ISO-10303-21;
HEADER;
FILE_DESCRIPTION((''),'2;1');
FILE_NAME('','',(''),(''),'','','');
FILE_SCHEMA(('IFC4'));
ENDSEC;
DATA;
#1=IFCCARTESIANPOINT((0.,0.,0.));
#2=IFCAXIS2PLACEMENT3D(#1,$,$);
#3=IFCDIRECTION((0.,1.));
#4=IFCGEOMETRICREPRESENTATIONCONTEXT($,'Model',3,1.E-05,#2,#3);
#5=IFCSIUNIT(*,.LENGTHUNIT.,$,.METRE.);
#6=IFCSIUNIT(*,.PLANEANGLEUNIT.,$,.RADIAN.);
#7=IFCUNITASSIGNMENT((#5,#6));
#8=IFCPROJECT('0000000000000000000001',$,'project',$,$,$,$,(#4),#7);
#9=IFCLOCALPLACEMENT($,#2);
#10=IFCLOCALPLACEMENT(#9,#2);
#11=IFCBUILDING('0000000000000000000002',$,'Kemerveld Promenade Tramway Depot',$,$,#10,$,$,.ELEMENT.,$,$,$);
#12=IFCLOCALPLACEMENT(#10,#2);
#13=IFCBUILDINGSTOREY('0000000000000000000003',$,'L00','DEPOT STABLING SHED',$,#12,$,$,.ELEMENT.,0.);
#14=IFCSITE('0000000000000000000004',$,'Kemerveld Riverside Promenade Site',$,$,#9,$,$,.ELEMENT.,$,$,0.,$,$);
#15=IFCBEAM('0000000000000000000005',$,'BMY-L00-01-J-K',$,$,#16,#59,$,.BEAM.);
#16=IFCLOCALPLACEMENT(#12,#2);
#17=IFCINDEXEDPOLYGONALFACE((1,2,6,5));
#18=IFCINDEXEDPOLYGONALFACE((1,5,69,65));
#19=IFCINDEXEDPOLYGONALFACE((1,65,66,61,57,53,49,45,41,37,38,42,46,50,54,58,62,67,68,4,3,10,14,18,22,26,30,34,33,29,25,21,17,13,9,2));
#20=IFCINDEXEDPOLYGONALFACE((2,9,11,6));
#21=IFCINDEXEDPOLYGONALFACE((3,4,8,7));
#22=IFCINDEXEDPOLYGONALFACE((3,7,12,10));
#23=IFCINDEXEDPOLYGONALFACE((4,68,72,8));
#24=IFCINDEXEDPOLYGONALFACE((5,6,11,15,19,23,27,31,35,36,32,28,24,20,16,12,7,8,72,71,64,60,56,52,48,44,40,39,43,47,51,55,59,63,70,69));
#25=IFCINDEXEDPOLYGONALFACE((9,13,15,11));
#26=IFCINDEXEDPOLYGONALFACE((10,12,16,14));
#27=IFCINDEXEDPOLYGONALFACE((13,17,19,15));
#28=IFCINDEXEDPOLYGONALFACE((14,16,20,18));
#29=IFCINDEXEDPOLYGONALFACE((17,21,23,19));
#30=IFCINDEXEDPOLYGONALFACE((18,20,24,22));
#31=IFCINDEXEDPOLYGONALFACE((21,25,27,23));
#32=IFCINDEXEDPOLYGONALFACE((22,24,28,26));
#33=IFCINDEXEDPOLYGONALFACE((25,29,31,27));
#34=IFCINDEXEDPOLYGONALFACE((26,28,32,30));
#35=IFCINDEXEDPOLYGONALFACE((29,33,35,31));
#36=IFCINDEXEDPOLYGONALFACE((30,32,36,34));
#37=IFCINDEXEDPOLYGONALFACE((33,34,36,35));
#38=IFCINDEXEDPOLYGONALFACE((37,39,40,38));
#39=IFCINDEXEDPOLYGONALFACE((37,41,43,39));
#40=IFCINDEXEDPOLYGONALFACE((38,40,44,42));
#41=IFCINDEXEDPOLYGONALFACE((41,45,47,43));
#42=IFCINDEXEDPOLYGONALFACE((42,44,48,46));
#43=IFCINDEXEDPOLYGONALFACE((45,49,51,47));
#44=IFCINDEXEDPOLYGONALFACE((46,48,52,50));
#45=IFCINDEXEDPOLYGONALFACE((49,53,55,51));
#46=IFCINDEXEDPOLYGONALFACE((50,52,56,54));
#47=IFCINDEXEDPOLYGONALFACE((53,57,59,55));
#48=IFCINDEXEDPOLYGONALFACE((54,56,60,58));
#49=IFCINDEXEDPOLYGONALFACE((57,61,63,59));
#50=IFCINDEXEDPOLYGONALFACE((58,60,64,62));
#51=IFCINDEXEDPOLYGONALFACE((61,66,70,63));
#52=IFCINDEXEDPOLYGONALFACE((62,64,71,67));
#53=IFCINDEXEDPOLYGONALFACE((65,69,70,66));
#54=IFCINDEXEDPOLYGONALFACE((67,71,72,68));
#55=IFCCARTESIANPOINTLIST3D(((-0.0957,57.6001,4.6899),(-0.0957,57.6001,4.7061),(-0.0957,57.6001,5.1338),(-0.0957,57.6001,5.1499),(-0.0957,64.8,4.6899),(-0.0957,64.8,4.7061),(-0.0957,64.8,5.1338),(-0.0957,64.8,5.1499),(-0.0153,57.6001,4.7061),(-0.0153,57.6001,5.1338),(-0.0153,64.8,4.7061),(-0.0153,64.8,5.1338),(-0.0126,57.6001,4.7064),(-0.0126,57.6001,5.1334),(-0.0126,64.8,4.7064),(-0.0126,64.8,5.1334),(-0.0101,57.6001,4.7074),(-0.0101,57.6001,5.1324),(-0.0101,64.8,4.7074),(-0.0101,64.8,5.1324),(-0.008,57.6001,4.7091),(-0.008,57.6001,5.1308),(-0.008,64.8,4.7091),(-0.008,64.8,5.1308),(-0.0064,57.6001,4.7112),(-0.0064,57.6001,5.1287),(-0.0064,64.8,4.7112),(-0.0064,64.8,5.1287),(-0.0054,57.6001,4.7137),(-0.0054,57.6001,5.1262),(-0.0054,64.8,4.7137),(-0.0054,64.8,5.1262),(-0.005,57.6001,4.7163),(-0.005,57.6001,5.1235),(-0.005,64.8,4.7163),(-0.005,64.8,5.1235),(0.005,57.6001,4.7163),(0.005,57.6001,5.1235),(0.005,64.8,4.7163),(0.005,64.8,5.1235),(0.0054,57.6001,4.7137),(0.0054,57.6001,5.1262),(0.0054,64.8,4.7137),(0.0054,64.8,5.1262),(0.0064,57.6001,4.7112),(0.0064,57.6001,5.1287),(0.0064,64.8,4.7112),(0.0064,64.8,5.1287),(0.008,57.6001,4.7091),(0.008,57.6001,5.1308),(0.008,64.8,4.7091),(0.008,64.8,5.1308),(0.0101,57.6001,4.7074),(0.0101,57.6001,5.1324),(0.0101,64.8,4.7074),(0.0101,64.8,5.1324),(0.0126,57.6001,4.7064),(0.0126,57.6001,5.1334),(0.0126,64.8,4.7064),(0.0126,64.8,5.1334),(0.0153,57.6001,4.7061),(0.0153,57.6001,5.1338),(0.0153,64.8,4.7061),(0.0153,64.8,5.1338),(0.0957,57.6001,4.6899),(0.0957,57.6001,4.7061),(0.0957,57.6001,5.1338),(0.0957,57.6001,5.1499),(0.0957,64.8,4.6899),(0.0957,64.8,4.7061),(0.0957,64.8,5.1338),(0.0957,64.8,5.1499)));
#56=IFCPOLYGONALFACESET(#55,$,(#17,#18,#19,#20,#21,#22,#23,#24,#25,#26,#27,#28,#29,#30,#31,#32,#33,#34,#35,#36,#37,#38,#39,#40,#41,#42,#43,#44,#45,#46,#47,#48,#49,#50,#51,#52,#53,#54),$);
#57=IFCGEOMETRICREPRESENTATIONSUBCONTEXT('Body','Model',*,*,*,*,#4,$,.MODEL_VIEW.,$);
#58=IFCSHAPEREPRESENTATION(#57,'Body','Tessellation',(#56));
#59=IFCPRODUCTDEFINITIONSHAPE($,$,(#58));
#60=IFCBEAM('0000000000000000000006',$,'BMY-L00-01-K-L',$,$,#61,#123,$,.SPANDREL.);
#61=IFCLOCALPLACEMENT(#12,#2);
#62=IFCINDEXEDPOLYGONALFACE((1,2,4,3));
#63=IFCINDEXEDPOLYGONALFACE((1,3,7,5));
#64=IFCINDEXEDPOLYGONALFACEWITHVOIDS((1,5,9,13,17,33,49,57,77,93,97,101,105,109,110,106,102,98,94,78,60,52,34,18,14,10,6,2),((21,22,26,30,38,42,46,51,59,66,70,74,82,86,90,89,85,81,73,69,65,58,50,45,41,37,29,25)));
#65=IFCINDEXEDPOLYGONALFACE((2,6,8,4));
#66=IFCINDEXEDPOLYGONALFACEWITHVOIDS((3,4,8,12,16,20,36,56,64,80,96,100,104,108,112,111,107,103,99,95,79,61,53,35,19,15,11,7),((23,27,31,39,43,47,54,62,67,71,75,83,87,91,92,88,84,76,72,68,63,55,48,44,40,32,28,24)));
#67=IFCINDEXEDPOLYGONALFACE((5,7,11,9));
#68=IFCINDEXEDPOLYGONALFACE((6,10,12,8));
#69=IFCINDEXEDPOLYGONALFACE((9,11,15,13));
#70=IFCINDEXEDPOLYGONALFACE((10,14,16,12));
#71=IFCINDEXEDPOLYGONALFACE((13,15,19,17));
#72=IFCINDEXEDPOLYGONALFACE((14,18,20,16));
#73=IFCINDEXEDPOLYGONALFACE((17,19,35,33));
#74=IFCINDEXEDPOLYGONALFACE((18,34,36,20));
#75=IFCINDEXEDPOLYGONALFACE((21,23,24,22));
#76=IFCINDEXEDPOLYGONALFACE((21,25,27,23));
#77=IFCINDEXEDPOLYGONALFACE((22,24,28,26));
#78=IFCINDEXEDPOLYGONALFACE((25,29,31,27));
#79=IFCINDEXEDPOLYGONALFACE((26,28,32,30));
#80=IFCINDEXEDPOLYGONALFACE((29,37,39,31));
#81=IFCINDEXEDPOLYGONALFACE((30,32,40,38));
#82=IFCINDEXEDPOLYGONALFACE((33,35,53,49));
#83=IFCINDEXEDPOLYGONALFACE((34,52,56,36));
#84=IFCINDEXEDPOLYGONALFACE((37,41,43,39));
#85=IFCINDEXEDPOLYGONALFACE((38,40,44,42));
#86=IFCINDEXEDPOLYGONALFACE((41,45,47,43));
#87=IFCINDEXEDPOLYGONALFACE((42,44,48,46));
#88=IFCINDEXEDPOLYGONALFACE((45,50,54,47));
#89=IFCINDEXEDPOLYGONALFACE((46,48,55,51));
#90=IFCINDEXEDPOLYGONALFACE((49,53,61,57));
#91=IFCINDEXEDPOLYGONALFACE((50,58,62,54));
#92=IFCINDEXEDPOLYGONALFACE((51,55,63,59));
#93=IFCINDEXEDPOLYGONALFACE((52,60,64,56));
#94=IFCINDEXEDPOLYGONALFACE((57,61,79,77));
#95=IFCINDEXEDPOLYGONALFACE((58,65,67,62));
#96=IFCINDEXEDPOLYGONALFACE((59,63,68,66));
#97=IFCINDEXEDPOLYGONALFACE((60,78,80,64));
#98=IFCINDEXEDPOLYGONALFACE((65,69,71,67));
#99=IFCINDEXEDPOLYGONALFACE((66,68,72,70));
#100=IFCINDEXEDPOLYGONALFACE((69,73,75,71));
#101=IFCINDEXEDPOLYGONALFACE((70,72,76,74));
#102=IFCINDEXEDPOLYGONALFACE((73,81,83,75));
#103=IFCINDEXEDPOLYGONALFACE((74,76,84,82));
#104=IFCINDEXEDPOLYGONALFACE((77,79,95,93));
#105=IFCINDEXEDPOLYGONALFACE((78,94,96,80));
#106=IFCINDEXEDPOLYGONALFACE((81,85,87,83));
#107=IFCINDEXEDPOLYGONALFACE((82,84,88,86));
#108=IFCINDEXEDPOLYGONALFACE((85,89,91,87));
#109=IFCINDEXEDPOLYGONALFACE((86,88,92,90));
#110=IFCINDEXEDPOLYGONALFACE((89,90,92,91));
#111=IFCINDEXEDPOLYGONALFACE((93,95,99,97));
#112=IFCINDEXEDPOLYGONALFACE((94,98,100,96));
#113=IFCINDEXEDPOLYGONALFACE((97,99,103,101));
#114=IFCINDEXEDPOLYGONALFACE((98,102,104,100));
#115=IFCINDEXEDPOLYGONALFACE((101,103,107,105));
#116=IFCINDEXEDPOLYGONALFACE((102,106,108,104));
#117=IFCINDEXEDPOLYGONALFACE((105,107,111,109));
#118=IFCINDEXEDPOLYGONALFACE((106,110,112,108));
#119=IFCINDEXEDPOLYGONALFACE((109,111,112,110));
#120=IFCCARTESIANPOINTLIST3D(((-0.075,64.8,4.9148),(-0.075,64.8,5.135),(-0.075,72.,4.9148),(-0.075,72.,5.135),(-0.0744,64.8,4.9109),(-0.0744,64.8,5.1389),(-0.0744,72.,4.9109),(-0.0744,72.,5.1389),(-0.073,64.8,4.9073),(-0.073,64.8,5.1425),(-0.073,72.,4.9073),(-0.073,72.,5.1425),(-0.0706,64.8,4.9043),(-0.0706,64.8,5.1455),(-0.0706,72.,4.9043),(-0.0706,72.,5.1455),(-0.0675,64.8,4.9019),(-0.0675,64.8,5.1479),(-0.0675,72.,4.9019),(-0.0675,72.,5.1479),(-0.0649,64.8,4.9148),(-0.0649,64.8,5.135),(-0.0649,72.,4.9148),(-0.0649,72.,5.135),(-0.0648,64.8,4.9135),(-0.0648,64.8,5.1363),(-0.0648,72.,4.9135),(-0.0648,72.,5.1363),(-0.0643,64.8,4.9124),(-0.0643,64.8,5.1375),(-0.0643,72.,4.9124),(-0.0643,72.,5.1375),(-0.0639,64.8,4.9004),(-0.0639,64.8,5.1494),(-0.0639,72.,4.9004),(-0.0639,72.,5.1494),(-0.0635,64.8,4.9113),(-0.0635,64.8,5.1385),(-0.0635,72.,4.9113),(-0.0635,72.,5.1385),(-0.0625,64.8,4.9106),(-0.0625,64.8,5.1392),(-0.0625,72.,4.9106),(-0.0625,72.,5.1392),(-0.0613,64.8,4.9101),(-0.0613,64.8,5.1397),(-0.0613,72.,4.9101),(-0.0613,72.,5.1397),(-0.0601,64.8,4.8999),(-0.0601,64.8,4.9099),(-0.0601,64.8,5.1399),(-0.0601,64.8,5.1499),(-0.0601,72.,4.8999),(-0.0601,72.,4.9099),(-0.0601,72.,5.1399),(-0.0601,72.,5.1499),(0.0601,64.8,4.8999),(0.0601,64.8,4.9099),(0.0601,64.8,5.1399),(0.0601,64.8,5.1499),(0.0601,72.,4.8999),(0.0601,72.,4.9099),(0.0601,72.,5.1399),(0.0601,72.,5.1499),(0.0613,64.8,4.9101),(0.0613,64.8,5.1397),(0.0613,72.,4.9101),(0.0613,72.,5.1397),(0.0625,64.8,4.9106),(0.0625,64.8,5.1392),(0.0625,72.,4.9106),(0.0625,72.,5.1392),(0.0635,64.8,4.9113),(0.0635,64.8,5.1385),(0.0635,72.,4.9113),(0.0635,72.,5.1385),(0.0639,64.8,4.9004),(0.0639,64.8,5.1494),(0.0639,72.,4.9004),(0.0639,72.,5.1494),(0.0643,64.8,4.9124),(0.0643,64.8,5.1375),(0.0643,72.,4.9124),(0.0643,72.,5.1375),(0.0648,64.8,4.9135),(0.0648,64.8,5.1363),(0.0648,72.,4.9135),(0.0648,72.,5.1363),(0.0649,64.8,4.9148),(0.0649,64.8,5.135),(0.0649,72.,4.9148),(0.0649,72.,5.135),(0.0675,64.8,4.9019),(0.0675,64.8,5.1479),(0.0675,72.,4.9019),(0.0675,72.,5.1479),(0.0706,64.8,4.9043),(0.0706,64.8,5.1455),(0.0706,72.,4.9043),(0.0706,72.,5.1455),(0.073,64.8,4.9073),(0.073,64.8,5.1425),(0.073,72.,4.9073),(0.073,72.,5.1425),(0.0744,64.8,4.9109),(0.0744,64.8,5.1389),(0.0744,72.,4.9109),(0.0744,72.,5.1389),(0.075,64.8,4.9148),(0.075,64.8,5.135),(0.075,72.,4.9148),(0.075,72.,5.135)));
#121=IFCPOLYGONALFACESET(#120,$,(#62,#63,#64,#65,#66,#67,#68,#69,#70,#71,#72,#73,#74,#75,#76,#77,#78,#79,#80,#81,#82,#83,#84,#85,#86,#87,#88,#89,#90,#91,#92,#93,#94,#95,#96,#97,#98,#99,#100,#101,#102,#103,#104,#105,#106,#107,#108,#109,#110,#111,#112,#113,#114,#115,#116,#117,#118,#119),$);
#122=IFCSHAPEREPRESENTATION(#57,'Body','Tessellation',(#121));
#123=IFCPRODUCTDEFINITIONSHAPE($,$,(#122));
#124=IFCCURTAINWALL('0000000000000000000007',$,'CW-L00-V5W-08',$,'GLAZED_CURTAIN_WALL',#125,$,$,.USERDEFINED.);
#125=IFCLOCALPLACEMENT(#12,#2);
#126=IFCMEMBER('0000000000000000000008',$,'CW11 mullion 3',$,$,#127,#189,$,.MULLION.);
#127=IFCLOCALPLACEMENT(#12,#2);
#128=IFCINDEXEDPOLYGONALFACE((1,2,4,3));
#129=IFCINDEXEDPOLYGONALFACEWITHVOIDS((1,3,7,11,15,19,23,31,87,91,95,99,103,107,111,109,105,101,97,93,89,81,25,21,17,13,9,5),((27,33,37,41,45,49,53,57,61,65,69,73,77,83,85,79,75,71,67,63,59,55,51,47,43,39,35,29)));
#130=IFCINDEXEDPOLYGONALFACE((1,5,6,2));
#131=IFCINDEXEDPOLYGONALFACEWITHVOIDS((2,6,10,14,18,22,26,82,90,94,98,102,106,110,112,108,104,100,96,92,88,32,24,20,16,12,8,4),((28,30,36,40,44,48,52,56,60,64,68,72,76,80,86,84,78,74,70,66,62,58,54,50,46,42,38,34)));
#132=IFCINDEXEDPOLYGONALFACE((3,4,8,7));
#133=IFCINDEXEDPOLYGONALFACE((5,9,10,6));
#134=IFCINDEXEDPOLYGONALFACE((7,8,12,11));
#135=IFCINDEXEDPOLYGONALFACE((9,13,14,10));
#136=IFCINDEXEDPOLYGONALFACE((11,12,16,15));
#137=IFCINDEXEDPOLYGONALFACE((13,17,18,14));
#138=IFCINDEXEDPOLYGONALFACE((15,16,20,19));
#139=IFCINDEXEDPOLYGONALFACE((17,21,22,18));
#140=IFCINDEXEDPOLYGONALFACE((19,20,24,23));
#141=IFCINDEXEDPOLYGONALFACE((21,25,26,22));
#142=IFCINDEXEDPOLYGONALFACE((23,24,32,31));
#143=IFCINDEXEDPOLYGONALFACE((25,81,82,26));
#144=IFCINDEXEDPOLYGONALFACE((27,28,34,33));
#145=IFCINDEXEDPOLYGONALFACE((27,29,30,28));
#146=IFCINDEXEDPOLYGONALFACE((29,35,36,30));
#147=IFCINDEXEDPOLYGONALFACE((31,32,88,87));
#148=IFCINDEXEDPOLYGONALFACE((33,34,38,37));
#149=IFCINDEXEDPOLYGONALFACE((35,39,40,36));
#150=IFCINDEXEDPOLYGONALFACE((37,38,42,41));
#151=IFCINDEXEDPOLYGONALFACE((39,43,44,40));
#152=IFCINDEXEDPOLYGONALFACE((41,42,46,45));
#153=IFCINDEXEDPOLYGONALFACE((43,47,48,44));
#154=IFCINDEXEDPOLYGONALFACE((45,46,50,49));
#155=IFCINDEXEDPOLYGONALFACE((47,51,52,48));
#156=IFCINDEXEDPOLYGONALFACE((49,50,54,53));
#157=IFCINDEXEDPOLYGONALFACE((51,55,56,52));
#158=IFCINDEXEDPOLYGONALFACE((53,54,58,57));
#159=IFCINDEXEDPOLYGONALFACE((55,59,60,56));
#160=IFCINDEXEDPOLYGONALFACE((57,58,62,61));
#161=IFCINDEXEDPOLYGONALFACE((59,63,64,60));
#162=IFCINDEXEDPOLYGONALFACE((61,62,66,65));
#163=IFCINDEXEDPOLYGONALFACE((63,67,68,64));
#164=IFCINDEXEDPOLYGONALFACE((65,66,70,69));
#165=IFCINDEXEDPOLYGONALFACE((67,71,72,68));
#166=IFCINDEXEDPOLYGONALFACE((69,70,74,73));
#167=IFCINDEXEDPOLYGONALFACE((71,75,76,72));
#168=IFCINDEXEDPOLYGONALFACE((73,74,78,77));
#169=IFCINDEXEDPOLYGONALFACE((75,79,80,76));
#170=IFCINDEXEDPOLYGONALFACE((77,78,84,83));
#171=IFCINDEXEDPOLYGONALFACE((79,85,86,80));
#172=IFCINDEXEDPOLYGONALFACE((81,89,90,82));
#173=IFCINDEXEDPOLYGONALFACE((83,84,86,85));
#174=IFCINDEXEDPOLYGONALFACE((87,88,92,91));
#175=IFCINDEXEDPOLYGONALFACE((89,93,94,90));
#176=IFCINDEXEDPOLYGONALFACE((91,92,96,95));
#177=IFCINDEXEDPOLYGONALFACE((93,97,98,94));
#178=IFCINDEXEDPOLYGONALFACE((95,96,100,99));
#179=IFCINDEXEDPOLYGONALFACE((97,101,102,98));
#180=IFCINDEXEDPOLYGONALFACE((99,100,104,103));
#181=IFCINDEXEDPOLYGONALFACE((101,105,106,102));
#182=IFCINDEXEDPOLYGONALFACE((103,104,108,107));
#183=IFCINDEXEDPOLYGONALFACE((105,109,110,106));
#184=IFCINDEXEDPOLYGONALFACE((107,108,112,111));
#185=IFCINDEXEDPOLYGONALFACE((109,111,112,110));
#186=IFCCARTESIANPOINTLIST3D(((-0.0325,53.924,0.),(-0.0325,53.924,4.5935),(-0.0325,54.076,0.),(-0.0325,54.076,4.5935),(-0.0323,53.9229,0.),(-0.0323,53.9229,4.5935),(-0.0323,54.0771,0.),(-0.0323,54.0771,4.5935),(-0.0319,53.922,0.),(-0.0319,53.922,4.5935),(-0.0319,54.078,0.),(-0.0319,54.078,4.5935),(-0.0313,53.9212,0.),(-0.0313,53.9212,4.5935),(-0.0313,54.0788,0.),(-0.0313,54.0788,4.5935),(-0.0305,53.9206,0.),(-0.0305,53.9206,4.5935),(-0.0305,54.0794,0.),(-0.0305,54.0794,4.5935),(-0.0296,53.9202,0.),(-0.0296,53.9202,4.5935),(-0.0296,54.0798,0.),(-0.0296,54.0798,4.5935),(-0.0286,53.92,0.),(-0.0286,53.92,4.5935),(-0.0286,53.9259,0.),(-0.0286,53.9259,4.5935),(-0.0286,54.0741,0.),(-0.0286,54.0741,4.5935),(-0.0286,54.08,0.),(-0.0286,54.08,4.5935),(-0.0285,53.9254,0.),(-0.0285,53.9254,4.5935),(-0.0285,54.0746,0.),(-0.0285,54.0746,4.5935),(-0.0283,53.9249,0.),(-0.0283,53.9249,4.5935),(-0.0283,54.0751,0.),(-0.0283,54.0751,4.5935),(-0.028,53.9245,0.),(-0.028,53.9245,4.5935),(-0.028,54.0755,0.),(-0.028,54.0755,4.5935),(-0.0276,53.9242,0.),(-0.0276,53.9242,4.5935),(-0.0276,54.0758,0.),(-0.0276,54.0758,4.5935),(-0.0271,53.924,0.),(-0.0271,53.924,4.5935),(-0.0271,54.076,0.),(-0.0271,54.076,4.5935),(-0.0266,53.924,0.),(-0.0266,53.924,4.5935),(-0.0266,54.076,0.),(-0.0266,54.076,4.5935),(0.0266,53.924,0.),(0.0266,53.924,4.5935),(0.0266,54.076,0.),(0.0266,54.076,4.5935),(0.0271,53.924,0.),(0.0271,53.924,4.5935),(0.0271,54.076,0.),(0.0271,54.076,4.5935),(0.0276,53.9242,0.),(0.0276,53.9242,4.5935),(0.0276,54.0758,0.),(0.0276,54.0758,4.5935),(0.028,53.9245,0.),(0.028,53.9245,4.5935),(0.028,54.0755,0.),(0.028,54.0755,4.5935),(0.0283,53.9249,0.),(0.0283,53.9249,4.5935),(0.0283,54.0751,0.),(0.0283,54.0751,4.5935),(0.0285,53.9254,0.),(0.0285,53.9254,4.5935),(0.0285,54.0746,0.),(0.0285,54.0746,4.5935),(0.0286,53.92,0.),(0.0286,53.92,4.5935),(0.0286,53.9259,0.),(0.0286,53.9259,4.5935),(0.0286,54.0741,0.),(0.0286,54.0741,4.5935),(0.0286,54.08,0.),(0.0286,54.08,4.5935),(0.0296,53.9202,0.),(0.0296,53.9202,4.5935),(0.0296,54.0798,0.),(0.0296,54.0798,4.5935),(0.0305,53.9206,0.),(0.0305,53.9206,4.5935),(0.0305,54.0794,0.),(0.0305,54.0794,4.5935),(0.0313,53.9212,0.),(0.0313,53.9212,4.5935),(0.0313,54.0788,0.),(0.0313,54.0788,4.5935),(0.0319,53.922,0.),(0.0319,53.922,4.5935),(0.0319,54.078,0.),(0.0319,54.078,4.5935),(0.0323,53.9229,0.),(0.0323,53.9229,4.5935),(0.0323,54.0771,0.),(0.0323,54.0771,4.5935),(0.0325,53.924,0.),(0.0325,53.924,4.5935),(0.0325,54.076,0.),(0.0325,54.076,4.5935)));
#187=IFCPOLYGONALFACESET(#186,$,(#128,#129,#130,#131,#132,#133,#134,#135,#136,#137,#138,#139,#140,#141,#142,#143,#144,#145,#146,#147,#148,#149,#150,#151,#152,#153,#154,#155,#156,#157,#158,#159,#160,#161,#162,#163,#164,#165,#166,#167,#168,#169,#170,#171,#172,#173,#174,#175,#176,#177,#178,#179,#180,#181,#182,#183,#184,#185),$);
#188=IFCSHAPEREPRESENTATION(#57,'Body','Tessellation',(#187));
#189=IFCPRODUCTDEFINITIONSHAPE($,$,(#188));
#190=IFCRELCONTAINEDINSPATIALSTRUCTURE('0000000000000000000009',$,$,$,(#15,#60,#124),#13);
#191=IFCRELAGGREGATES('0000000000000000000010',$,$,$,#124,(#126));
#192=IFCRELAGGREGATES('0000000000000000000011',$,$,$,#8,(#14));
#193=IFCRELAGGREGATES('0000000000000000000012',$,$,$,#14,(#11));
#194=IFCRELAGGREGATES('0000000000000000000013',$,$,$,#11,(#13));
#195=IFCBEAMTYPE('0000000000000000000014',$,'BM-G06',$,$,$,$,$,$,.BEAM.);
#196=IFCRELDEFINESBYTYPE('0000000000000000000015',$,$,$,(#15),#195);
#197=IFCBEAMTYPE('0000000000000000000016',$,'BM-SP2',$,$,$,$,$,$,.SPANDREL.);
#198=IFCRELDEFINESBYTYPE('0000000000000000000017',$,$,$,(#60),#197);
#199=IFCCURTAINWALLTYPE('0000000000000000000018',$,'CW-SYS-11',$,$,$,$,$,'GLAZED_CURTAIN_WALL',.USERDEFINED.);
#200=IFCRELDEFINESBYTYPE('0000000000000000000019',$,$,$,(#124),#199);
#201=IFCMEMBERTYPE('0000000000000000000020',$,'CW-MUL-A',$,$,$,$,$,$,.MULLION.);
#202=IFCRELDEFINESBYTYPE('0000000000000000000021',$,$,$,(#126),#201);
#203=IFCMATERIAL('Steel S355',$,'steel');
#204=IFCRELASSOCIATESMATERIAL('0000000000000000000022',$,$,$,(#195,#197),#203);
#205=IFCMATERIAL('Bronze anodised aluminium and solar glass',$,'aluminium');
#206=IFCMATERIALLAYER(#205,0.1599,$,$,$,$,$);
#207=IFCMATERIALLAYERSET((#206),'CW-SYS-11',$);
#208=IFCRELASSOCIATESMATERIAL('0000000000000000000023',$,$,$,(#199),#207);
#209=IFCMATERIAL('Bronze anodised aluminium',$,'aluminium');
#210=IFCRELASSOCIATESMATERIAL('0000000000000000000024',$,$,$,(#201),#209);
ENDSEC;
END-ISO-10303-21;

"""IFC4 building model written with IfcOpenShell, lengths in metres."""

from ifc_helpers import new_model, si_unit, direction, frame, origin, origin_2d, place, context, subcontext, project, spatial, hollow_rectangle, i_section, extrude, material, layer, layer_set, material_profile, profile_set, type_object, element, aggregate, save


model = new_model("IFC4")

# Units and contexts
model_context = context("Model", 3, precision=1e-05, world=origin(), true_north=direction((0.0, 1.0)))
body_context = subcontext(model_context, "Body", "Model", "MODEL_VIEW")
ifc_project = project(units=[si_unit("LENGTHUNIT", "METRE"), si_unit("PLANEANGLEUNIT", "RADIAN")], contexts=[model_context])

# Site, building, storey
site_placement = place(None, origin())
site = spatial("IfcSite", under=ifc_project, at=site_placement, Name="Kemerveld Riverside Promenade Site", CompositionType="ELEMENT", RefElevation=0.0)
building_placement = place(site_placement, origin())
building = spatial("IfcBuilding", under=site, at=building_placement, Name="Kemerveld Promenade Tramway Depot", CompositionType="ELEMENT")
storey_placement = place(building_placement, origin())
storey = spatial("IfcBuildingStorey", under=building, at=storey_placement, Name="L00", Description="DEPOT STABLING SHED", CompositionType="ELEMENT", Elevation=0.0)

# Shared definitions
ifc_material_1 = material(Name="Steel S355", Category="steel")

# Beams
ifc_material_profile_1 = material_profile(ifc_material_1, i_section(OverallWidth=0.1914, OverallDepth=0.46, WebThickness=0.01, FlangeThickness=0.0161, FilletRadius=0.0103, at=origin_2d()), Name="457x191x82 UB")
ifc_profile_set_1 = profile_set([ifc_material_profile_1], Name="Steel S355")
beam_type_1 = type_object("IfcBeamType", Name="BM-G06", PredefinedType="BEAM", material=ifc_profile_set_1)
beam_1_placement = place(storey_placement, frame((0.0, 57.6001, 4.9199), z_axis=(0.0, 1.0, 0.0), x_axis=(-1.0, 0.0, 0.0)))
element("IfcBeam", 1, at=beam_1_placement, inside=storey, type_object=beam_type_1, Name="BMY-L00-01-J-K", PredefinedType="BEAM", context=body_context, shape_type="SweptSolid", body=[
    extrude(i_section(OverallWidth=0.1914, OverallDepth=0.46, WebThickness=0.01, FlangeThickness=0.0161, FilletRadius=0.0103, at=origin_2d()), origin(), (0.0, 0.0, 1.0), 7.2),
])
ifc_material_profile_2 = material_profile(ifc_material_1, hollow_rectangle(XDim=0.1499, YDim=0.25, WallThickness=0.01, InnerFilletRadius=0.0049, OuterFilletRadius=0.0149, at=origin_2d()), Name="250x150x10.0 RHS")
ifc_profile_set_2 = profile_set([ifc_material_profile_2], Name="Steel S355")
beam_type_2 = type_object("IfcBeamType", Name="BM-SP2", PredefinedType="SPANDREL", material=ifc_profile_set_2)
beam_2_placement = place(storey_placement, frame((0.0, 64.8, 5.0249), z_axis=(0.0, 1.0, 0.0), x_axis=(-1.0, 0.0, 0.0)))
element("IfcBeam", 2, at=beam_2_placement, inside=storey, type_object=beam_type_2, Name="BMY-L00-01-K-L", PredefinedType="SPANDREL", context=body_context, shape_type="SweptSolid", body=[
    extrude(hollow_rectangle(XDim=0.1499, YDim=0.25, WallThickness=0.01, InnerFilletRadius=0.0049, OuterFilletRadius=0.0149, at=origin_2d()), origin(), (0.0, 0.0, 1.0), 7.2),
])

# Curtain wall, member
ifc_material_2 = material(Name="Bronze anodised aluminium and solar glass", Category="aluminium")
ifc_layer_1 = layer(ifc_material_2, 0.1599)
ifc_layer_set_1 = layer_set([ifc_layer_1], Name="CW-SYS-11")
curtain_wall_type = type_object("IfcCurtainWallType", Name="CW-SYS-11", ElementType="GLAZED_CURTAIN_WALL", PredefinedType="USERDEFINED", material=ifc_layer_set_1)
curtain_wall_placement = place(storey_placement, origin())
curtain_wall = element("IfcCurtainWall", 3, at=curtain_wall_placement, inside=storey, type_object=curtain_wall_type, Name="CW-L00-V5W-08", ObjectType="GLAZED_CURTAIN_WALL", PredefinedType="USERDEFINED")
ifc_material_3 = material(Name="Bronze anodised aluminium", Category="aluminium")
ifc_material_profile_3 = material_profile(ifc_material_3, hollow_rectangle(XDim=0.0649, YDim=0.1599, WallThickness=0.0039, InnerFilletRadius=0.002, OuterFilletRadius=0.0039, at=origin_2d()), Name="CW-MUL-160x65")
ifc_profile_set_3 = profile_set([ifc_material_profile_3], Name="Bronze anodised aluminium")
member_type_1 = type_object("IfcMemberType", Name="CW-MUL-A", PredefinedType="MULLION", material=ifc_profile_set_3)
member_1_placement = place(storey_placement, frame((0.0, 54.0, 0.0), z_axis=(0.0, 0.0, 1.0), x_axis=(-1.0, 0.0, 0.0)))
member_1 = element("IfcMember", 4, at=member_1_placement, type_object=member_type_1, Name="CW11 mullion 3", PredefinedType="MULLION", context=body_context, shape_type="SweptSolid", body=[
    extrude(hollow_rectangle(XDim=0.0649, YDim=0.1599, WallThickness=0.0039, InnerFilletRadius=0.002, OuterFilletRadius=0.0039, at=origin_2d()), origin(), (0.0, 0.0, 1.0), 4.5935),
])
aggregate(curtain_wall, [member_1])

save(model, "model.ifc")
